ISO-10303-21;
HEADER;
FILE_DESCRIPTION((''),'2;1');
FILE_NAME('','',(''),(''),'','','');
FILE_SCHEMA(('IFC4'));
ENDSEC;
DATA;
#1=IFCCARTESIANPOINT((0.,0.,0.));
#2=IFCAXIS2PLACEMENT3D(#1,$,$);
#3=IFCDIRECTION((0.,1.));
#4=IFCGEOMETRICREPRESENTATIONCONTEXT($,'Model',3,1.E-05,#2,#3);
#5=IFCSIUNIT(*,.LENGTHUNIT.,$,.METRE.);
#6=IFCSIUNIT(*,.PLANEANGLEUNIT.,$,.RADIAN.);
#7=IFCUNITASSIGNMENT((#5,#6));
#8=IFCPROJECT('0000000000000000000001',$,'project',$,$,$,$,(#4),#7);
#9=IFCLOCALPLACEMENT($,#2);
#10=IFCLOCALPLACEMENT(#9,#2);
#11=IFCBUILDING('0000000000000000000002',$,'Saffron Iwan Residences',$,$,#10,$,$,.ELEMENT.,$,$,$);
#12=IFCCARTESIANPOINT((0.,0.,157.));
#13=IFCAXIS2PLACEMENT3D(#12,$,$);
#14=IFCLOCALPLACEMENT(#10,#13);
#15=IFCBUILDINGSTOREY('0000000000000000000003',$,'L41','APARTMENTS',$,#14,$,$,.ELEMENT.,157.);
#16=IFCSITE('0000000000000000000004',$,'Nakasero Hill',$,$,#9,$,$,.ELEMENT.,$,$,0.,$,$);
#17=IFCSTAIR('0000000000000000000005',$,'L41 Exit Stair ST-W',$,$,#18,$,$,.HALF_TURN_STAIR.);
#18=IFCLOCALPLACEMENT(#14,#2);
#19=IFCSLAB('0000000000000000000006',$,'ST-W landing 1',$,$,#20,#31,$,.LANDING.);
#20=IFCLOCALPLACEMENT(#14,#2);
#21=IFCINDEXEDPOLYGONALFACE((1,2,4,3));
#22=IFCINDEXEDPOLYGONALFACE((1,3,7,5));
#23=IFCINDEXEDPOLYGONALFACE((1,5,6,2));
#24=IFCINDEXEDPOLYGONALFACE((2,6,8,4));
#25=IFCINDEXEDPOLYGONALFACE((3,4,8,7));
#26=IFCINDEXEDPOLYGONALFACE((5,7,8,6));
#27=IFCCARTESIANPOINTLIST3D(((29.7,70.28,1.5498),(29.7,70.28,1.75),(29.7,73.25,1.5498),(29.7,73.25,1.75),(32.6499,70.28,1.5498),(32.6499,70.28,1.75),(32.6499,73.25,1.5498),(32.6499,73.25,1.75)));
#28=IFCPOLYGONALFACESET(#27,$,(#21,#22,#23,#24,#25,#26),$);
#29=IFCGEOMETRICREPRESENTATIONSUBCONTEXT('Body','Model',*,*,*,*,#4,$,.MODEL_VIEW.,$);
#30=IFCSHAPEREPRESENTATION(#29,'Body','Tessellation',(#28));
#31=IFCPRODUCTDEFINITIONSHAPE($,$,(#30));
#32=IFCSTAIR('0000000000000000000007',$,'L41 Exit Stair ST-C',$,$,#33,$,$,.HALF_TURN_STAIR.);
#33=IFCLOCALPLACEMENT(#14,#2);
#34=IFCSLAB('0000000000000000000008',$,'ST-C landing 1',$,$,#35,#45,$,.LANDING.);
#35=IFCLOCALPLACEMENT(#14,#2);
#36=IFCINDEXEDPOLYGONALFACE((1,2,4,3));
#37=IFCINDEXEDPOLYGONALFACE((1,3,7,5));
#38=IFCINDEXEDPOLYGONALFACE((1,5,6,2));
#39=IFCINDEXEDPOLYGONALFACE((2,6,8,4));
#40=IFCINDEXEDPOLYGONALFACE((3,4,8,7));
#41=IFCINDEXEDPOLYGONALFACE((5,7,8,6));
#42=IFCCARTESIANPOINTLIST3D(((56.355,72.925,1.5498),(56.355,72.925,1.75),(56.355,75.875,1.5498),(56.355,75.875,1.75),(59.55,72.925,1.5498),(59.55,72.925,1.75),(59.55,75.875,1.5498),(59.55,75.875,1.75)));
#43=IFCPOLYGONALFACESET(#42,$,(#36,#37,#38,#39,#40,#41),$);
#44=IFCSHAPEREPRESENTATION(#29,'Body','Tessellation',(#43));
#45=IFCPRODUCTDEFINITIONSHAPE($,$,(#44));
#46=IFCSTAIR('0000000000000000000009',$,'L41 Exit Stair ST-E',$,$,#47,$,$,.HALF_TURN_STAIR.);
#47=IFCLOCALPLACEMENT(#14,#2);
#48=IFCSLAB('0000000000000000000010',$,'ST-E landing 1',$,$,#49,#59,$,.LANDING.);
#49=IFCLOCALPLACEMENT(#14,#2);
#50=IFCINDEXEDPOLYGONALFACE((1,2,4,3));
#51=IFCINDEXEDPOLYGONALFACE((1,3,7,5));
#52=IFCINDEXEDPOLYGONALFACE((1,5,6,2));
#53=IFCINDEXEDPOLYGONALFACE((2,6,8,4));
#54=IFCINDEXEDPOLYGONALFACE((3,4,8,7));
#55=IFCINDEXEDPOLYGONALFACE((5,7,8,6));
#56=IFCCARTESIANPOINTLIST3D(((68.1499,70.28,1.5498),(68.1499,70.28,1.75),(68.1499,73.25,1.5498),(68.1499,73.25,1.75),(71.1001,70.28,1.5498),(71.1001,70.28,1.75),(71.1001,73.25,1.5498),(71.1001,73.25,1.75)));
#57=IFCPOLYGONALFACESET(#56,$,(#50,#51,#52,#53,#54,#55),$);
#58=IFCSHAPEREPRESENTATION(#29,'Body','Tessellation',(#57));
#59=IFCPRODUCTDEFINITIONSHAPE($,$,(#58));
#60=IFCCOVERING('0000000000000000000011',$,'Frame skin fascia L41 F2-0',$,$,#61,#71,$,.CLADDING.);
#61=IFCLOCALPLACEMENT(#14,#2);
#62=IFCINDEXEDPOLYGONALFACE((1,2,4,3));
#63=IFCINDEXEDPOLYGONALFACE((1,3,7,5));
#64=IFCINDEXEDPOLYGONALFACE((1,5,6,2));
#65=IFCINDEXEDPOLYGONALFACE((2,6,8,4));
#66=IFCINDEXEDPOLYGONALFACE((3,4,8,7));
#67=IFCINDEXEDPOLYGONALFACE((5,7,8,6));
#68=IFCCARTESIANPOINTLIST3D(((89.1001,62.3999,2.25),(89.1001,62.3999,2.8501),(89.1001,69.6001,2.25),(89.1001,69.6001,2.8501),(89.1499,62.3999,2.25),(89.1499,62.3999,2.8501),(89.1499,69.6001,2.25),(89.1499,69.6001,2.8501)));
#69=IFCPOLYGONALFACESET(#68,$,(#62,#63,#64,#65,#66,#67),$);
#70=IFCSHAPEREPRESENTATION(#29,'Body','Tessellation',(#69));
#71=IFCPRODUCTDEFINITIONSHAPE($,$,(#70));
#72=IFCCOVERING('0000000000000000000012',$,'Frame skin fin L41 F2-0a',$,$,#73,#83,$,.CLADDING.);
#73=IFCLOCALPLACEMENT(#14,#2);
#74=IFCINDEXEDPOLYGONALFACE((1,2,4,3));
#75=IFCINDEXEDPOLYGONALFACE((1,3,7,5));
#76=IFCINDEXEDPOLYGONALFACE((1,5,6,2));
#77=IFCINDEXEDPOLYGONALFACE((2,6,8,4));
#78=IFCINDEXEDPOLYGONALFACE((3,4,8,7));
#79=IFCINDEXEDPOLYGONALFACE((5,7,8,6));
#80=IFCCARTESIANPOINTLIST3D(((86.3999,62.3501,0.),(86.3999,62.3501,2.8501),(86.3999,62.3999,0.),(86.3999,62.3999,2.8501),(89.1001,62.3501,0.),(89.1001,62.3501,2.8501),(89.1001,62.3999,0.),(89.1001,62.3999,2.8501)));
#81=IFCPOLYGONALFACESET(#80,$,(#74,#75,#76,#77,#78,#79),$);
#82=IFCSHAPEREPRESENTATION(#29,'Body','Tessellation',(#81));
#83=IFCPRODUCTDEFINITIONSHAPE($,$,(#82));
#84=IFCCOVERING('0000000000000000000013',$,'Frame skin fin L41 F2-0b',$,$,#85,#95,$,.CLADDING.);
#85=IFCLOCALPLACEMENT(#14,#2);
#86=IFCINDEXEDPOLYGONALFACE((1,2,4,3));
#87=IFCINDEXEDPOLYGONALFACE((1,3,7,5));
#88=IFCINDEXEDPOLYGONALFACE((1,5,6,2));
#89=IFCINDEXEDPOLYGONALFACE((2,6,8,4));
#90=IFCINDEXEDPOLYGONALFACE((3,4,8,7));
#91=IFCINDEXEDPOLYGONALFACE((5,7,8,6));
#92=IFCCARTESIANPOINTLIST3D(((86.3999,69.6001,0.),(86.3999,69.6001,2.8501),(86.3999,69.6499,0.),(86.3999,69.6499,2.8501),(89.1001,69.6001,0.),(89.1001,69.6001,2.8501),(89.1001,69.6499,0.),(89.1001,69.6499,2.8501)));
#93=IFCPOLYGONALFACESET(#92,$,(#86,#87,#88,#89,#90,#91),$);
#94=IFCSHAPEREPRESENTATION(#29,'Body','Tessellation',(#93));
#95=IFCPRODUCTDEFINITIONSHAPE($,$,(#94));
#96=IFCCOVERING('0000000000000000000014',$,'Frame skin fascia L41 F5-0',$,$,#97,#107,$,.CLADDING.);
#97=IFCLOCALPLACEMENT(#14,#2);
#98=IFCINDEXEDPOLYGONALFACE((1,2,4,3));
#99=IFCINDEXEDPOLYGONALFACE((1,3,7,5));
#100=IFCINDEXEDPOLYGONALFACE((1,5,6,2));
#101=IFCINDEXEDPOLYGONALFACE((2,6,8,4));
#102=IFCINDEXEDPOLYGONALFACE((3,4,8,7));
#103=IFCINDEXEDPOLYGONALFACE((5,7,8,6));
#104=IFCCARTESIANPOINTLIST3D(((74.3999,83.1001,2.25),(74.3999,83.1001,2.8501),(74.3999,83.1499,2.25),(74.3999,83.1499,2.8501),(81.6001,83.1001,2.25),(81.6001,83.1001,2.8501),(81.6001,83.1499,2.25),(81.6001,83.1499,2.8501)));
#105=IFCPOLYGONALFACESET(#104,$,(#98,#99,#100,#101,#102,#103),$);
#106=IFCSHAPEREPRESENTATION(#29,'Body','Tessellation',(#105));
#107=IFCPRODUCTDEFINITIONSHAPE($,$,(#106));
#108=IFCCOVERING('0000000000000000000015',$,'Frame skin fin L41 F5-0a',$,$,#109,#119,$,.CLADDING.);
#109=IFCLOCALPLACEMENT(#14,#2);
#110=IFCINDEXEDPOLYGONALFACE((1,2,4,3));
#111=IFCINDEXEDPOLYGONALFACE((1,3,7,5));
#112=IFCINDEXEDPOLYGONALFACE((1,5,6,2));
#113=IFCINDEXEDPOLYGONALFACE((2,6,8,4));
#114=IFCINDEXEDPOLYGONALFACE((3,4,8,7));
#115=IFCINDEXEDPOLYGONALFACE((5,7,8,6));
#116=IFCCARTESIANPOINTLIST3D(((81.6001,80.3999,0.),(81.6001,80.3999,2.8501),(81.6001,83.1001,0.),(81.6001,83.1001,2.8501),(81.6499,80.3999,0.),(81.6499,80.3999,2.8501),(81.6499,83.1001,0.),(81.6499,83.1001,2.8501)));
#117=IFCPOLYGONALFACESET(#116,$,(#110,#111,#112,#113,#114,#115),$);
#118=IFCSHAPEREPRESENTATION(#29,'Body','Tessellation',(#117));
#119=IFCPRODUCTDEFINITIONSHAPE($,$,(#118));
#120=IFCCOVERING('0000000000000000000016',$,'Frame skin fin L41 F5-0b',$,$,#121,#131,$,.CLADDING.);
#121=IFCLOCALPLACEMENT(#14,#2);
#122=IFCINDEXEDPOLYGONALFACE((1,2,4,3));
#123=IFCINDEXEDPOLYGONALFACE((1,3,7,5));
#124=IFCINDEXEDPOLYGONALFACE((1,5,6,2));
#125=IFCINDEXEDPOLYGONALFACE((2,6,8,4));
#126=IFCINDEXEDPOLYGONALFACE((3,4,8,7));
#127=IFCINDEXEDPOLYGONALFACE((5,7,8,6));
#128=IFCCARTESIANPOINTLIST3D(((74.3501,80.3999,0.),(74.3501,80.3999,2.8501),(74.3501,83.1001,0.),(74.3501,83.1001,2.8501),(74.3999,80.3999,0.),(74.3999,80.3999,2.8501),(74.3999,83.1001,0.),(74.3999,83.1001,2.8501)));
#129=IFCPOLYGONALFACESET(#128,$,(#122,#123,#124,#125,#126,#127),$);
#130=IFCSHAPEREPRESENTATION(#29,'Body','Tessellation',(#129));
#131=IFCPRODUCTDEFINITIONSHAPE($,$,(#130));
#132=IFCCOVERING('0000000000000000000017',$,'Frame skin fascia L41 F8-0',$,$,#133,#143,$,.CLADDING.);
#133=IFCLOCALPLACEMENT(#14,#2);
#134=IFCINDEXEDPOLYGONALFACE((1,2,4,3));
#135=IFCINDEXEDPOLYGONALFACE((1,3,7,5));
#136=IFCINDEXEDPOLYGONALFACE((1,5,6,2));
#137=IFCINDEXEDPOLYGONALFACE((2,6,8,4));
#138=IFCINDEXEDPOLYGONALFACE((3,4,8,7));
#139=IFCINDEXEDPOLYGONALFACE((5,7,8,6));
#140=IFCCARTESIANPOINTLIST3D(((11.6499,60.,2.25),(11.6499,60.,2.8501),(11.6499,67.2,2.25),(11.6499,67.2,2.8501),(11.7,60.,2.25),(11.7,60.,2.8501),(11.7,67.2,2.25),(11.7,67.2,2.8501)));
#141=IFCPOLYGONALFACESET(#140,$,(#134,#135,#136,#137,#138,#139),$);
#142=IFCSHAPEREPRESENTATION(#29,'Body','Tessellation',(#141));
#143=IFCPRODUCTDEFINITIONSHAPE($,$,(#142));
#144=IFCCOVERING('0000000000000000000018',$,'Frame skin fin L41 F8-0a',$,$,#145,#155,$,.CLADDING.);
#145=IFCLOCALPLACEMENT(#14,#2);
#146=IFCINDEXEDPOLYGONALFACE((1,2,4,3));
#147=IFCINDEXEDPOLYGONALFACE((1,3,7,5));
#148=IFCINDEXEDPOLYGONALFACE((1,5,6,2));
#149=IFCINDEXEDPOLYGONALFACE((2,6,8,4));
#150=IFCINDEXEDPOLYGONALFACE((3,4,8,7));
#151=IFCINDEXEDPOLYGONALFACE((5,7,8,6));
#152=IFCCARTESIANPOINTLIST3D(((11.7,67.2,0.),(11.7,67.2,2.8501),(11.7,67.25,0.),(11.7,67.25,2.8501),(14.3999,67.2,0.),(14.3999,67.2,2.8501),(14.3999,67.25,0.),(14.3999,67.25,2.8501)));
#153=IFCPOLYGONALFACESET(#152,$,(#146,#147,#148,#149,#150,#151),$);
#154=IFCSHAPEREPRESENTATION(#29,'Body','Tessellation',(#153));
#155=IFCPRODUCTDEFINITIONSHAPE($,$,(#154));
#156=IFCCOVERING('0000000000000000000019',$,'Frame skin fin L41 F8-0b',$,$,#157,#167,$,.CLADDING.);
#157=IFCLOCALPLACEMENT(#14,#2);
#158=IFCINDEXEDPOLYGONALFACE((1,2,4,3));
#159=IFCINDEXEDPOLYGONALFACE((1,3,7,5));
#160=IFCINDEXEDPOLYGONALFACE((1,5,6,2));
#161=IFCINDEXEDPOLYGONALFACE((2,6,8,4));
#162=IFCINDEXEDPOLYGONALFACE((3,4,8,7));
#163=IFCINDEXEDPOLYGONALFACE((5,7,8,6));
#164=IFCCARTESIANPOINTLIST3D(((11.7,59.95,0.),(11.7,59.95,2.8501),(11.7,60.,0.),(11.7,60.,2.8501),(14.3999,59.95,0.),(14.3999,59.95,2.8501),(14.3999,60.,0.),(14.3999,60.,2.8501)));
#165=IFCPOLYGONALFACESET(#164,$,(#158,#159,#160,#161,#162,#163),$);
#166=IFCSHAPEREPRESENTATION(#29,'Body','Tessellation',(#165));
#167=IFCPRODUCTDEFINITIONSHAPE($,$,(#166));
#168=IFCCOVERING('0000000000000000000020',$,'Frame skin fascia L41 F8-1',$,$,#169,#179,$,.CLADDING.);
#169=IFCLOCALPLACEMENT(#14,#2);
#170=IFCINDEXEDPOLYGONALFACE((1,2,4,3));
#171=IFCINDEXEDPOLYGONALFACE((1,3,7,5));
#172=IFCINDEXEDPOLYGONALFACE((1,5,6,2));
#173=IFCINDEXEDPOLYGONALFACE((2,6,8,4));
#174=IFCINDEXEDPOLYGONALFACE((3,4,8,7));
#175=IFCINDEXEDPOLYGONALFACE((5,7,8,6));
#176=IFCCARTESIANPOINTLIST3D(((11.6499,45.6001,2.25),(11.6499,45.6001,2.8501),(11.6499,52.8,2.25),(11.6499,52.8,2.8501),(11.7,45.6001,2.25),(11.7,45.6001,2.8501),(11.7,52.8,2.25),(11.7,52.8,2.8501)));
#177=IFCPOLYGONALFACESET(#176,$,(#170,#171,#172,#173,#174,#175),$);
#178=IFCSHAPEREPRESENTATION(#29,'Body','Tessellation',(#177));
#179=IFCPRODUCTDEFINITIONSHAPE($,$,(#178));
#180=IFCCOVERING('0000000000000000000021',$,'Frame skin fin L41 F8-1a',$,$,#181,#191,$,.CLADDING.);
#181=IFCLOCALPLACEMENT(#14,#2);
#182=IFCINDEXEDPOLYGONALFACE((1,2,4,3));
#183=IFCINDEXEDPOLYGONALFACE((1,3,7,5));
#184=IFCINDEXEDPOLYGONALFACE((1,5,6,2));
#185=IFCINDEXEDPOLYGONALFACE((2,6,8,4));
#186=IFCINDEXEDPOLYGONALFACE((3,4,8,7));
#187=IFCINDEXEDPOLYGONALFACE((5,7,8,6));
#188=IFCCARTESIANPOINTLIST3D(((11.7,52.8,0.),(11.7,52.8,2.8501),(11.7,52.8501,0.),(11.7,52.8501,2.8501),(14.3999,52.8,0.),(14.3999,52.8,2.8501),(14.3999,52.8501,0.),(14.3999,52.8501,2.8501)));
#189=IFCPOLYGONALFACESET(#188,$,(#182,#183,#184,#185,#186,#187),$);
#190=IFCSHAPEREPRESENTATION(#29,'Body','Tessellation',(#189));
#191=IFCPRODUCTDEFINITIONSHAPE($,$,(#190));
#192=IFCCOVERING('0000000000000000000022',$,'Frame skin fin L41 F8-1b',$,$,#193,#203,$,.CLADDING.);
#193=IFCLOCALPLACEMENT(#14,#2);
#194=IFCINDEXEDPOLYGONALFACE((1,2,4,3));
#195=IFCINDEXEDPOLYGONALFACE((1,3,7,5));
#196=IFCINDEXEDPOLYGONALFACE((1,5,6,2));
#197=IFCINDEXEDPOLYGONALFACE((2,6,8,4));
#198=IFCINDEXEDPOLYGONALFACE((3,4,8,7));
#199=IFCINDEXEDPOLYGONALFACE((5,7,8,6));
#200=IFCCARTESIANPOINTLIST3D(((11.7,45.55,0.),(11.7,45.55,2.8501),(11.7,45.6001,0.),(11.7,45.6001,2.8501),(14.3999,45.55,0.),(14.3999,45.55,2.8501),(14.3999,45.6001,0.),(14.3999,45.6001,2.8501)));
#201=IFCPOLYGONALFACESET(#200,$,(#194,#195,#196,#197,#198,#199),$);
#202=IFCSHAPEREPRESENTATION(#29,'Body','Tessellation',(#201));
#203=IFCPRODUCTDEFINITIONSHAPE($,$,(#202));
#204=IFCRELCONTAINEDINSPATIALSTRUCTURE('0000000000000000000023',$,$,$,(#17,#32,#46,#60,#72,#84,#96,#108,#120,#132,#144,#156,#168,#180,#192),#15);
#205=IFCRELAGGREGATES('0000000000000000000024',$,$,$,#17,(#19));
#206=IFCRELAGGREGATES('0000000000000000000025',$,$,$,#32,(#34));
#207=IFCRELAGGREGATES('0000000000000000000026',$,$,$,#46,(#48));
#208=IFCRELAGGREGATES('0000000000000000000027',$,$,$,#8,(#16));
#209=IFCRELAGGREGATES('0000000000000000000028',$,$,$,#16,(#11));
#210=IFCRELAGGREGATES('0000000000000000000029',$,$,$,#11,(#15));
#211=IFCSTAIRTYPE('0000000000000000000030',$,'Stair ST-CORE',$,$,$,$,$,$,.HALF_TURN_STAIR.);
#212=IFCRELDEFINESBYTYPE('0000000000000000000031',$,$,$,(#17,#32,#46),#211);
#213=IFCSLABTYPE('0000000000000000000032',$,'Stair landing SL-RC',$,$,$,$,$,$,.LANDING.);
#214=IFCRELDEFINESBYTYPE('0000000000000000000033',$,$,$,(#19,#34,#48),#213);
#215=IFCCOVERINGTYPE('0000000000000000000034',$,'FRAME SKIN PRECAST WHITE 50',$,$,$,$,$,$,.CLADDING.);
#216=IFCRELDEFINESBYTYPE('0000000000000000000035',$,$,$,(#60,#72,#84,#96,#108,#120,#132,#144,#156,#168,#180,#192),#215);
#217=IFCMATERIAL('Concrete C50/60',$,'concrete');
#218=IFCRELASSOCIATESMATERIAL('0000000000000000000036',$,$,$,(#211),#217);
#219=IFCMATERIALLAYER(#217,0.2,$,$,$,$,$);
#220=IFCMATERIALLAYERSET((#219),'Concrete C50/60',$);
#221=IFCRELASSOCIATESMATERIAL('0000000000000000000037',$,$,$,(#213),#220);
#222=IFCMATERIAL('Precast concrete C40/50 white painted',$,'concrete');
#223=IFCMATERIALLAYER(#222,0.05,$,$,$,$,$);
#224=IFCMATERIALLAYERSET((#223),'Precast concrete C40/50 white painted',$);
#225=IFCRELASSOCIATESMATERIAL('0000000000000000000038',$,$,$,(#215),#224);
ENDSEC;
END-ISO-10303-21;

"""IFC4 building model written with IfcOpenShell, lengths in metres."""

from ifc_helpers import new_model, si_unit, direction, frame, origin, place, context, subcontext, project, spatial, polyline, outline, extrude, material, layer, layer_set, type_object, element, aggregate, save


model = new_model("IFC4")

# Units and contexts
model_context = context("Model", 3, precision=1e-05, world=origin(), true_north=direction((0.0, 1.0)))
body_context = subcontext(model_context, "Body", "Model", "MODEL_VIEW")
ifc_project = project(units=[si_unit("LENGTHUNIT", "METRE"), si_unit("PLANEANGLEUNIT", "RADIAN")], contexts=[model_context])

# Site, building, storey
site_placement = place(None, origin())
site = spatial("IfcSite", under=ifc_project, at=site_placement, Name="Nakasero Hill", CompositionType="ELEMENT", RefElevation=0.0)
building_placement = place(site_placement, origin())
building = spatial("IfcBuilding", under=site, at=building_placement, Name="Saffron Iwan Residences", CompositionType="ELEMENT")
storey_placement = place(building_placement, frame((0.0, 0.0, 157.0)))
storey = spatial("IfcBuildingStorey", under=building, at=storey_placement, Name="L41", Description="APARTMENTS", CompositionType="ELEMENT", Elevation=157.0)

# Stairs, slabs
ifc_material_1 = material(Name="Concrete C50/60", Category="concrete")
stair_type = type_object("IfcStairType", Name="Stair ST-CORE", PredefinedType="HALF_TURN_STAIR", material=ifc_material_1)
stair_1_placement = place(storey_placement, origin())
stair_1 = element("IfcStair", 1, at=stair_1_placement, inside=storey, type_object=stair_type, Name="L41 Exit Stair ST-W", PredefinedType="HALF_TURN_STAIR")
ifc_layer_1 = layer(ifc_material_1, 0.2)
ifc_layer_set_1 = layer_set([ifc_layer_1], Name="Concrete C50/60")
slab_type = type_object("IfcSlabType", Name="Stair landing SL-RC", PredefinedType="LANDING", material=ifc_layer_set_1)
slab_1_placement = place(storey_placement, frame((0.0, 0.0, 1.5498)))
slab_1 = element("IfcSlab", 2, at=slab_1_placement, type_object=slab_type, Name="ST-W landing 1", PredefinedType="LANDING", context=body_context, shape_type="SweptSolid", body=[
    extrude(outline(polyline([(32.6499, 70.28), (32.6499, 73.25), (29.7, 73.25), (29.7, 70.28), (32.6499, 70.28)])), origin(), (0.0, 0.0, 1.0), 0.2002),
])
aggregate(stair_1, [slab_1])
stair_2_placement = place(storey_placement, origin())
stair_2 = element("IfcStair", 3, at=stair_2_placement, inside=storey, type_object=stair_type, Name="L41 Exit Stair ST-C", PredefinedType="HALF_TURN_STAIR")
slab_2_placement = place(storey_placement, frame((0.0, 0.0, 1.5498)))
slab_2 = element("IfcSlab", 4, at=slab_2_placement, type_object=slab_type, Name="ST-C landing 1", PredefinedType="LANDING", context=body_context, shape_type="SweptSolid", body=[
    extrude(outline(polyline([(56.355, 72.925), (59.55, 72.925), (59.55, 75.875), (56.355, 75.875), (56.355, 72.925)])), origin(), (0.0, 0.0, 1.0), 0.2002),
])
aggregate(stair_2, [slab_2])
stair_3_placement = place(storey_placement, origin())
stair_3 = element("IfcStair", 5, at=stair_3_placement, inside=storey, type_object=stair_type, Name="L41 Exit Stair ST-E", PredefinedType="HALF_TURN_STAIR")
slab_3_placement = place(storey_placement, frame((0.0, 0.0, 1.5498)))
slab_3 = element("IfcSlab", 6, at=slab_3_placement, type_object=slab_type, Name="ST-E landing 1", PredefinedType="LANDING", context=body_context, shape_type="SweptSolid", body=[
    extrude(outline(polyline([(71.1001, 70.28), (71.1001, 73.25), (68.1499, 73.25), (68.1499, 70.28), (71.1001, 70.28)])), origin(), (0.0, 0.0, 1.0), 0.2002),
])
aggregate(stair_3, [slab_3])

# Coverings
ifc_material_2 = material(Name="Precast concrete C40/50 white painted", Category="concrete")
ifc_layer_2 = layer(ifc_material_2, 0.05)
ifc_layer_set_2 = layer_set([ifc_layer_2], Name="Precast concrete C40/50 white painted")
covering_type = type_object("IfcCoveringType", Name="FRAME SKIN PRECAST WHITE 50", PredefinedType="CLADDING", material=ifc_layer_set_2)
covering_1_placement = place(storey_placement, frame((0.0, 0.0, 2.25)))
element("IfcCovering", 7, at=covering_1_placement, inside=storey, type_object=covering_type, Name="Frame skin fascia L41 F2-0", PredefinedType="CLADDING", context=body_context, shape_type="SweptSolid", body=[
    extrude(outline(polyline([(89.1499, 62.3999), (89.1499, 69.6001), (89.1001, 69.6001), (89.1001, 62.3999), (89.1499, 62.3999)])), origin(), (0.0, 0.0, 1.0), 0.6001),
])
covering_2_placement = place(storey_placement, origin())
element("IfcCovering", 8, at=covering_2_placement, inside=storey, type_object=covering_type, Name="Frame skin fin L41 F2-0a", PredefinedType="CLADDING", context=body_context, shape_type="SweptSolid", body=[
    extrude(outline(polyline([(89.1001, 62.3501), (89.1001, 62.3999), (86.3999, 62.3999), (86.3999, 62.3501), (89.1001, 62.3501)])), origin(), (0.0, 0.0, 1.0), 2.8501),
])
covering_3_placement = place(storey_placement, origin())
element("IfcCovering", 9, at=covering_3_placement, inside=storey, type_object=covering_type, Name="Frame skin fin L41 F2-0b", PredefinedType="CLADDING", context=body_context, shape_type="SweptSolid", body=[
    extrude(outline(polyline([(89.1001, 69.6001), (89.1001, 69.6499), (86.3999, 69.6499), (86.3999, 69.6001), (89.1001, 69.6001)])), origin(), (0.0, 0.0, 1.0), 2.8501),
])
covering_4_placement = place(storey_placement, frame((0.0, 0.0, 2.25)))
element("IfcCovering", 10, at=covering_4_placement, inside=storey, type_object=covering_type, Name="Frame skin fascia L41 F5-0", PredefinedType="CLADDING", context=body_context, shape_type="SweptSolid", body=[
    extrude(outline(polyline([(81.6001, 83.1499), (74.3999, 83.1499), (74.3999, 83.1001), (81.6001, 83.1001), (81.6001, 83.1499)])), origin(), (0.0, 0.0, 1.0), 0.6001),
])
covering_5_placement = place(storey_placement, origin())
element("IfcCovering", 11, at=covering_5_placement, inside=storey, type_object=covering_type, Name="Frame skin fin L41 F5-0a", PredefinedType="CLADDING", context=body_context, shape_type="SweptSolid", body=[
    extrude(outline(polyline([(81.6499, 83.1001), (81.6001, 83.1001), (81.6001, 80.3999), (81.6499, 80.3999), (81.6499, 83.1001)])), origin(), (0.0, 0.0, 1.0), 2.8501),
])
covering_6_placement = place(storey_placement, origin())
element("IfcCovering", 12, at=covering_6_placement, inside=storey, type_object=covering_type, Name="Frame skin fin L41 F5-0b", PredefinedType="CLADDING", context=body_context, shape_type="SweptSolid", body=[
    extrude(outline(polyline([(74.3999, 83.1001), (74.3501, 83.1001), (74.3501, 80.3999), (74.3999, 80.3999), (74.3999, 83.1001)])), origin(), (0.0, 0.0, 1.0), 2.8501),
])
covering_7_placement = place(storey_placement, frame((0.0, 0.0, 2.25)))
element("IfcCovering", 13, at=covering_7_placement, inside=storey, type_object=covering_type, Name="Frame skin fascia L41 F8-0", PredefinedType="CLADDING", context=body_context, shape_type="SweptSolid", body=[
    extrude(outline(polyline([(11.6499, 67.2), (11.6499, 60.0), (11.7, 60.0), (11.7, 67.2), (11.6499, 67.2)])), origin(), (0.0, 0.0, 1.0), 0.6001),
])
covering_8_placement = place(storey_placement, origin())
element("IfcCovering", 14, at=covering_8_placement, inside=storey, type_object=covering_type, Name="Frame skin fin L41 F8-0a", PredefinedType="CLADDING", context=body_context, shape_type="SweptSolid", body=[
    extrude(outline(polyline([(11.7, 67.25), (11.7, 67.2), (14.3999, 67.2), (14.3999, 67.25), (11.7, 67.25)])), origin(), (0.0, 0.0, 1.0), 2.8501),
])
covering_9_placement = place(storey_placement, origin())
element("IfcCovering", 15, at=covering_9_placement, inside=storey, type_object=covering_type, Name="Frame skin fin L41 F8-0b", PredefinedType="CLADDING", context=body_context, shape_type="SweptSolid", body=[
    extrude(outline(polyline([(11.7, 60.0), (11.7, 59.95), (14.3999, 59.95), (14.3999, 60.0), (11.7, 60.0)])), origin(), (0.0, 0.0, 1.0), 2.8501),
])
covering_10_placement = place(storey_placement, frame((0.0, 0.0, 2.25)))
element("IfcCovering", 16, at=covering_10_placement, inside=storey, type_object=covering_type, Name="Frame skin fascia L41 F8-1", PredefinedType="CLADDING", context=body_context, shape_type="SweptSolid", body=[
    extrude(outline(polyline([(11.6499, 52.8), (11.6499, 45.6001), (11.7, 45.6001), (11.7, 52.8), (11.6499, 52.8)])), origin(), (0.0, 0.0, 1.0), 0.6001),
])
covering_11_placement = place(storey_placement, origin())
element("IfcCovering", 17, at=covering_11_placement, inside=storey, type_object=covering_type, Name="Frame skin fin L41 F8-1a", PredefinedType="CLADDING", context=body_context, shape_type="SweptSolid", body=[
    extrude(outline(polyline([(11.7, 52.8501), (11.7, 52.8), (14.3999, 52.8), (14.3999, 52.8501), (11.7, 52.8501)])), origin(), (0.0, 0.0, 1.0), 2.8501),
])
covering_12_placement = place(storey_placement, origin())
element("IfcCovering", 18, at=covering_12_placement, inside=storey, type_object=covering_type, Name="Frame skin fin L41 F8-1b", PredefinedType="CLADDING", context=body_context, shape_type="SweptSolid", body=[
    extrude(outline(polyline([(11.7, 45.6001), (11.7, 45.55), (14.3999, 45.55), (14.3999, 45.6001), (11.7, 45.6001)])), origin(), (0.0, 0.0, 1.0), 2.8501),
])

save(model, "model.ifc")
